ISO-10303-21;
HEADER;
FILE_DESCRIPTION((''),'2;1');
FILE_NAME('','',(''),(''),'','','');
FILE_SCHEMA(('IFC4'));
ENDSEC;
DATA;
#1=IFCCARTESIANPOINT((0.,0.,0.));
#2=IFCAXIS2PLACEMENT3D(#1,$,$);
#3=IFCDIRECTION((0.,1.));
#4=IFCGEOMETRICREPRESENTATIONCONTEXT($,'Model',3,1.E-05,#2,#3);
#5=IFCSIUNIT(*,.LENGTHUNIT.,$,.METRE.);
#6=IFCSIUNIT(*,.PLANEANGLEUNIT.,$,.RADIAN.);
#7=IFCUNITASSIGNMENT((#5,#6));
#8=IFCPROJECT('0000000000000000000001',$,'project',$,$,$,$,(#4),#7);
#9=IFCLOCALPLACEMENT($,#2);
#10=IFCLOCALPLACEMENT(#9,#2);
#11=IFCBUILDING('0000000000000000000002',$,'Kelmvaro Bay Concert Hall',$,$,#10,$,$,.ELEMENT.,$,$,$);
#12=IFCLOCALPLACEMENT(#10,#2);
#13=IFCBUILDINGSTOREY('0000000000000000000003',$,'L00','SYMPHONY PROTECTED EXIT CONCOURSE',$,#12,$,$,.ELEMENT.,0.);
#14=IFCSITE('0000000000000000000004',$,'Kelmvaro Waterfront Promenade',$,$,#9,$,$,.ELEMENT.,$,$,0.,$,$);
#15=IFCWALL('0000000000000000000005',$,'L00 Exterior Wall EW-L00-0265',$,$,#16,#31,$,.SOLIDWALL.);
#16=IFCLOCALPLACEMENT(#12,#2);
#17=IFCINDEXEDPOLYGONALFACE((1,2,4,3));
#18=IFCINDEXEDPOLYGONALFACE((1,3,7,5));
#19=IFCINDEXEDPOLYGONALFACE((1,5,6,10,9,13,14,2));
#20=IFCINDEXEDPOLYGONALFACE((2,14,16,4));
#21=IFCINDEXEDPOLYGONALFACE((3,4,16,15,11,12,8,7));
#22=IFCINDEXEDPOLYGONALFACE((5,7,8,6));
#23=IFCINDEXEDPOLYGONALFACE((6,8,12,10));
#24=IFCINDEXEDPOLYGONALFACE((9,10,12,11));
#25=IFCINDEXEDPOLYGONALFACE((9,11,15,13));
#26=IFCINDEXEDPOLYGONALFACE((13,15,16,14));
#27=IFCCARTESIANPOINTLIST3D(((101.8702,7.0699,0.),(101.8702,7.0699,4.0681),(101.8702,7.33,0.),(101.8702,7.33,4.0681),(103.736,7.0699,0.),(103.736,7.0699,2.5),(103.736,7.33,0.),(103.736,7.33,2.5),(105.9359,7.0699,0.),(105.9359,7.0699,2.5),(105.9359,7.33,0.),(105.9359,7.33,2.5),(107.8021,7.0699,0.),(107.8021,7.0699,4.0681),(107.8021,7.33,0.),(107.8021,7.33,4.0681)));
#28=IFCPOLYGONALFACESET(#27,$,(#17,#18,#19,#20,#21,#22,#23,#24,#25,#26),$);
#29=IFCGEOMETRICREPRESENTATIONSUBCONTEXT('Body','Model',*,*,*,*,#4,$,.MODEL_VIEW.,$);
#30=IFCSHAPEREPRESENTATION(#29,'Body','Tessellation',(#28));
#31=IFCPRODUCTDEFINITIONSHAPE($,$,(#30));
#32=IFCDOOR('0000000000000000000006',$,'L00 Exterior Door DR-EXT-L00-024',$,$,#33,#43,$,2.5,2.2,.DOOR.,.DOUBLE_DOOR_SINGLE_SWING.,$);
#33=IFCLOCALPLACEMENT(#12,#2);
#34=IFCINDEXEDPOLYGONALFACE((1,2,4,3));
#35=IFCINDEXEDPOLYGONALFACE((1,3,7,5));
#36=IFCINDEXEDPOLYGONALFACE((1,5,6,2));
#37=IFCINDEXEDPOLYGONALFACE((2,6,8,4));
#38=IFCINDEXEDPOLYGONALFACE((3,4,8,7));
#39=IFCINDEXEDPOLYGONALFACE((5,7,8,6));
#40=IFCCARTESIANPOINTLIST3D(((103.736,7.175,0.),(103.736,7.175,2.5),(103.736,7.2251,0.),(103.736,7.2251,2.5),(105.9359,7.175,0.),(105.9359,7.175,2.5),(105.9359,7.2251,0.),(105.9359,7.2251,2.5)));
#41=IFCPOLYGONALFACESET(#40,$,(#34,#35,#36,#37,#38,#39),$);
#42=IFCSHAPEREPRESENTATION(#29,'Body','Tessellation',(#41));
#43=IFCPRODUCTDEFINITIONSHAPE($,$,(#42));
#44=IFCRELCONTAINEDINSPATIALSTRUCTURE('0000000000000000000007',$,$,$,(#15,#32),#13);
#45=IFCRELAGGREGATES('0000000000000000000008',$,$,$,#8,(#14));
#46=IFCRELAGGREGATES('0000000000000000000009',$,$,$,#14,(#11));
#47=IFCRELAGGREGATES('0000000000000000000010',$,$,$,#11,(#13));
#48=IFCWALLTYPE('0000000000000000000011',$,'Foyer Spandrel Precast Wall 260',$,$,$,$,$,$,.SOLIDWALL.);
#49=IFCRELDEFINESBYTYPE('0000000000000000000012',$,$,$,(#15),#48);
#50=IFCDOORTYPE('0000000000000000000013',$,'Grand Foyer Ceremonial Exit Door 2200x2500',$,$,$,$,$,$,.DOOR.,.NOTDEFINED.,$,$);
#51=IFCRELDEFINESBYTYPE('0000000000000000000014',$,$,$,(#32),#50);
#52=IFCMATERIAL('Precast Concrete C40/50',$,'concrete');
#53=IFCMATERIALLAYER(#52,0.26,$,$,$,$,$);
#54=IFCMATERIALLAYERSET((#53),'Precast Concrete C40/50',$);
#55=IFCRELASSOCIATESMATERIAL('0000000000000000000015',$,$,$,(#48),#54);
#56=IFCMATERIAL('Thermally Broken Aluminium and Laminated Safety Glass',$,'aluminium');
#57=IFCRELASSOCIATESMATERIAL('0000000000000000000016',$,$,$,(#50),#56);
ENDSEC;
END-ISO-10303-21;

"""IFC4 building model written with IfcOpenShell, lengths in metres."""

from ifc_helpers import new_model, si_unit, direction, frame, frame_2d, origin, place, context, subcontext, project, spatial, rectangle, extrude, material, layer, layer_set, type_object, element, fill, save


model = new_model("IFC4")

# Units and contexts
model_context = context("Model", 3, precision=1e-05, world=origin(), true_north=direction((0.0, 1.0)))
body_context = subcontext(model_context, "Body", "Model", "MODEL_VIEW")
ifc_project = project(units=[si_unit("LENGTHUNIT", "METRE"), si_unit("PLANEANGLEUNIT", "RADIAN")], contexts=[model_context])

# Site, building, storey
site_placement = place(None, origin())
site = spatial("IfcSite", under=ifc_project, at=site_placement, Name="Kelmvaro Waterfront Promenade", CompositionType="ELEMENT", RefElevation=0.0)
building_placement = place(site_placement, origin())
building = spatial("IfcBuilding", under=site, at=building_placement, Name="Kelmvaro Bay Concert Hall", CompositionType="ELEMENT")
storey_placement = place(building_placement, origin())
storey = spatial("IfcBuildingStorey", under=building, at=storey_placement, Name="L00", Description="SYMPHONY PROTECTED EXIT CONCOURSE", CompositionType="ELEMENT", Elevation=0.0)

# Wall, opening, door
ifc_material_1 = material(Name="Precast Concrete C40/50", Category="concrete")
ifc_layer_1 = layer(ifc_material_1, 0.26)
ifc_layer_set_1 = layer_set([ifc_layer_1], Name="Precast Concrete C40/50")
wall_type = type_object("IfcWallType", Name="Foyer Spandrel Precast Wall 260", PredefinedType="SOLIDWALL", material=ifc_layer_set_1)
wall_placement = place(storey_placement, frame((107.802, 7.2, 0.0), z_axis=(0.0, 0.0, 1.0), x_axis=(-1.0, 0.0, 0.0)))
wall = element("IfcWall", 1, at=wall_placement, inside=storey, type_object=wall_type, Name="L00 Exterior Wall EW-L00-0265", PredefinedType="SOLIDWALL", context=body_context, shape_type="SweptSolid", body=[
    extrude(rectangle(XDim=5.9319, YDim=0.26, at=frame_2d((2.9658, 0.0))), origin(), (0.0, 0.0, 1.0), 4.0681),
])
opening_placement = place(wall_placement, frame((1.866, 0.0, 0.0)))
opening = element("IfcOpeningElement", 2, at=opening_placement, cuts=wall, PredefinedType="OPENING", context=body_context, shape_type="SweptSolid", body=[
    extrude(rectangle(XDim=2.2, YDim=2.5, at=frame_2d((1.1001, 1.25))), frame((0.0, 0.1399, 0.0), z_axis=(0.0, -1.0, 0.0), x_axis=(1.0, 0.0, 0.0)), (0.0, 0.0, 1.0), 0.28),
])
ifc_material_2 = material(Name="Thermally Broken Aluminium and Laminated Safety Glass", Category="aluminium")
door_type = type_object("IfcDoorType", Name="Grand Foyer Ceremonial Exit Door 2200x2500", OperationType="NOTDEFINED", PredefinedType="DOOR", material=ifc_material_2)
door_placement = place(opening_placement, origin())
door = element("IfcDoor", 3, at=door_placement, inside=storey, type_object=door_type, Name="L00 Exterior Door DR-EXT-L00-024", OperationType="DOUBLE_DOOR_SINGLE_SWING", OverallHeight=2.5, OverallWidth=2.2, PredefinedType="DOOR", context=body_context, shape_type="SweptSolid", body=[
    extrude(rectangle(XDim=2.2, YDim=2.5, at=frame_2d((1.1001, 1.25))), frame((0.0, 0.0249, 0.0), z_axis=(0.0, -1.0, 0.0), x_axis=(1.0, 0.0, 0.0)), (0.0, 0.0, 1.0), 0.05),
])
fill(opening, door)

save(model, "model.ifc")
